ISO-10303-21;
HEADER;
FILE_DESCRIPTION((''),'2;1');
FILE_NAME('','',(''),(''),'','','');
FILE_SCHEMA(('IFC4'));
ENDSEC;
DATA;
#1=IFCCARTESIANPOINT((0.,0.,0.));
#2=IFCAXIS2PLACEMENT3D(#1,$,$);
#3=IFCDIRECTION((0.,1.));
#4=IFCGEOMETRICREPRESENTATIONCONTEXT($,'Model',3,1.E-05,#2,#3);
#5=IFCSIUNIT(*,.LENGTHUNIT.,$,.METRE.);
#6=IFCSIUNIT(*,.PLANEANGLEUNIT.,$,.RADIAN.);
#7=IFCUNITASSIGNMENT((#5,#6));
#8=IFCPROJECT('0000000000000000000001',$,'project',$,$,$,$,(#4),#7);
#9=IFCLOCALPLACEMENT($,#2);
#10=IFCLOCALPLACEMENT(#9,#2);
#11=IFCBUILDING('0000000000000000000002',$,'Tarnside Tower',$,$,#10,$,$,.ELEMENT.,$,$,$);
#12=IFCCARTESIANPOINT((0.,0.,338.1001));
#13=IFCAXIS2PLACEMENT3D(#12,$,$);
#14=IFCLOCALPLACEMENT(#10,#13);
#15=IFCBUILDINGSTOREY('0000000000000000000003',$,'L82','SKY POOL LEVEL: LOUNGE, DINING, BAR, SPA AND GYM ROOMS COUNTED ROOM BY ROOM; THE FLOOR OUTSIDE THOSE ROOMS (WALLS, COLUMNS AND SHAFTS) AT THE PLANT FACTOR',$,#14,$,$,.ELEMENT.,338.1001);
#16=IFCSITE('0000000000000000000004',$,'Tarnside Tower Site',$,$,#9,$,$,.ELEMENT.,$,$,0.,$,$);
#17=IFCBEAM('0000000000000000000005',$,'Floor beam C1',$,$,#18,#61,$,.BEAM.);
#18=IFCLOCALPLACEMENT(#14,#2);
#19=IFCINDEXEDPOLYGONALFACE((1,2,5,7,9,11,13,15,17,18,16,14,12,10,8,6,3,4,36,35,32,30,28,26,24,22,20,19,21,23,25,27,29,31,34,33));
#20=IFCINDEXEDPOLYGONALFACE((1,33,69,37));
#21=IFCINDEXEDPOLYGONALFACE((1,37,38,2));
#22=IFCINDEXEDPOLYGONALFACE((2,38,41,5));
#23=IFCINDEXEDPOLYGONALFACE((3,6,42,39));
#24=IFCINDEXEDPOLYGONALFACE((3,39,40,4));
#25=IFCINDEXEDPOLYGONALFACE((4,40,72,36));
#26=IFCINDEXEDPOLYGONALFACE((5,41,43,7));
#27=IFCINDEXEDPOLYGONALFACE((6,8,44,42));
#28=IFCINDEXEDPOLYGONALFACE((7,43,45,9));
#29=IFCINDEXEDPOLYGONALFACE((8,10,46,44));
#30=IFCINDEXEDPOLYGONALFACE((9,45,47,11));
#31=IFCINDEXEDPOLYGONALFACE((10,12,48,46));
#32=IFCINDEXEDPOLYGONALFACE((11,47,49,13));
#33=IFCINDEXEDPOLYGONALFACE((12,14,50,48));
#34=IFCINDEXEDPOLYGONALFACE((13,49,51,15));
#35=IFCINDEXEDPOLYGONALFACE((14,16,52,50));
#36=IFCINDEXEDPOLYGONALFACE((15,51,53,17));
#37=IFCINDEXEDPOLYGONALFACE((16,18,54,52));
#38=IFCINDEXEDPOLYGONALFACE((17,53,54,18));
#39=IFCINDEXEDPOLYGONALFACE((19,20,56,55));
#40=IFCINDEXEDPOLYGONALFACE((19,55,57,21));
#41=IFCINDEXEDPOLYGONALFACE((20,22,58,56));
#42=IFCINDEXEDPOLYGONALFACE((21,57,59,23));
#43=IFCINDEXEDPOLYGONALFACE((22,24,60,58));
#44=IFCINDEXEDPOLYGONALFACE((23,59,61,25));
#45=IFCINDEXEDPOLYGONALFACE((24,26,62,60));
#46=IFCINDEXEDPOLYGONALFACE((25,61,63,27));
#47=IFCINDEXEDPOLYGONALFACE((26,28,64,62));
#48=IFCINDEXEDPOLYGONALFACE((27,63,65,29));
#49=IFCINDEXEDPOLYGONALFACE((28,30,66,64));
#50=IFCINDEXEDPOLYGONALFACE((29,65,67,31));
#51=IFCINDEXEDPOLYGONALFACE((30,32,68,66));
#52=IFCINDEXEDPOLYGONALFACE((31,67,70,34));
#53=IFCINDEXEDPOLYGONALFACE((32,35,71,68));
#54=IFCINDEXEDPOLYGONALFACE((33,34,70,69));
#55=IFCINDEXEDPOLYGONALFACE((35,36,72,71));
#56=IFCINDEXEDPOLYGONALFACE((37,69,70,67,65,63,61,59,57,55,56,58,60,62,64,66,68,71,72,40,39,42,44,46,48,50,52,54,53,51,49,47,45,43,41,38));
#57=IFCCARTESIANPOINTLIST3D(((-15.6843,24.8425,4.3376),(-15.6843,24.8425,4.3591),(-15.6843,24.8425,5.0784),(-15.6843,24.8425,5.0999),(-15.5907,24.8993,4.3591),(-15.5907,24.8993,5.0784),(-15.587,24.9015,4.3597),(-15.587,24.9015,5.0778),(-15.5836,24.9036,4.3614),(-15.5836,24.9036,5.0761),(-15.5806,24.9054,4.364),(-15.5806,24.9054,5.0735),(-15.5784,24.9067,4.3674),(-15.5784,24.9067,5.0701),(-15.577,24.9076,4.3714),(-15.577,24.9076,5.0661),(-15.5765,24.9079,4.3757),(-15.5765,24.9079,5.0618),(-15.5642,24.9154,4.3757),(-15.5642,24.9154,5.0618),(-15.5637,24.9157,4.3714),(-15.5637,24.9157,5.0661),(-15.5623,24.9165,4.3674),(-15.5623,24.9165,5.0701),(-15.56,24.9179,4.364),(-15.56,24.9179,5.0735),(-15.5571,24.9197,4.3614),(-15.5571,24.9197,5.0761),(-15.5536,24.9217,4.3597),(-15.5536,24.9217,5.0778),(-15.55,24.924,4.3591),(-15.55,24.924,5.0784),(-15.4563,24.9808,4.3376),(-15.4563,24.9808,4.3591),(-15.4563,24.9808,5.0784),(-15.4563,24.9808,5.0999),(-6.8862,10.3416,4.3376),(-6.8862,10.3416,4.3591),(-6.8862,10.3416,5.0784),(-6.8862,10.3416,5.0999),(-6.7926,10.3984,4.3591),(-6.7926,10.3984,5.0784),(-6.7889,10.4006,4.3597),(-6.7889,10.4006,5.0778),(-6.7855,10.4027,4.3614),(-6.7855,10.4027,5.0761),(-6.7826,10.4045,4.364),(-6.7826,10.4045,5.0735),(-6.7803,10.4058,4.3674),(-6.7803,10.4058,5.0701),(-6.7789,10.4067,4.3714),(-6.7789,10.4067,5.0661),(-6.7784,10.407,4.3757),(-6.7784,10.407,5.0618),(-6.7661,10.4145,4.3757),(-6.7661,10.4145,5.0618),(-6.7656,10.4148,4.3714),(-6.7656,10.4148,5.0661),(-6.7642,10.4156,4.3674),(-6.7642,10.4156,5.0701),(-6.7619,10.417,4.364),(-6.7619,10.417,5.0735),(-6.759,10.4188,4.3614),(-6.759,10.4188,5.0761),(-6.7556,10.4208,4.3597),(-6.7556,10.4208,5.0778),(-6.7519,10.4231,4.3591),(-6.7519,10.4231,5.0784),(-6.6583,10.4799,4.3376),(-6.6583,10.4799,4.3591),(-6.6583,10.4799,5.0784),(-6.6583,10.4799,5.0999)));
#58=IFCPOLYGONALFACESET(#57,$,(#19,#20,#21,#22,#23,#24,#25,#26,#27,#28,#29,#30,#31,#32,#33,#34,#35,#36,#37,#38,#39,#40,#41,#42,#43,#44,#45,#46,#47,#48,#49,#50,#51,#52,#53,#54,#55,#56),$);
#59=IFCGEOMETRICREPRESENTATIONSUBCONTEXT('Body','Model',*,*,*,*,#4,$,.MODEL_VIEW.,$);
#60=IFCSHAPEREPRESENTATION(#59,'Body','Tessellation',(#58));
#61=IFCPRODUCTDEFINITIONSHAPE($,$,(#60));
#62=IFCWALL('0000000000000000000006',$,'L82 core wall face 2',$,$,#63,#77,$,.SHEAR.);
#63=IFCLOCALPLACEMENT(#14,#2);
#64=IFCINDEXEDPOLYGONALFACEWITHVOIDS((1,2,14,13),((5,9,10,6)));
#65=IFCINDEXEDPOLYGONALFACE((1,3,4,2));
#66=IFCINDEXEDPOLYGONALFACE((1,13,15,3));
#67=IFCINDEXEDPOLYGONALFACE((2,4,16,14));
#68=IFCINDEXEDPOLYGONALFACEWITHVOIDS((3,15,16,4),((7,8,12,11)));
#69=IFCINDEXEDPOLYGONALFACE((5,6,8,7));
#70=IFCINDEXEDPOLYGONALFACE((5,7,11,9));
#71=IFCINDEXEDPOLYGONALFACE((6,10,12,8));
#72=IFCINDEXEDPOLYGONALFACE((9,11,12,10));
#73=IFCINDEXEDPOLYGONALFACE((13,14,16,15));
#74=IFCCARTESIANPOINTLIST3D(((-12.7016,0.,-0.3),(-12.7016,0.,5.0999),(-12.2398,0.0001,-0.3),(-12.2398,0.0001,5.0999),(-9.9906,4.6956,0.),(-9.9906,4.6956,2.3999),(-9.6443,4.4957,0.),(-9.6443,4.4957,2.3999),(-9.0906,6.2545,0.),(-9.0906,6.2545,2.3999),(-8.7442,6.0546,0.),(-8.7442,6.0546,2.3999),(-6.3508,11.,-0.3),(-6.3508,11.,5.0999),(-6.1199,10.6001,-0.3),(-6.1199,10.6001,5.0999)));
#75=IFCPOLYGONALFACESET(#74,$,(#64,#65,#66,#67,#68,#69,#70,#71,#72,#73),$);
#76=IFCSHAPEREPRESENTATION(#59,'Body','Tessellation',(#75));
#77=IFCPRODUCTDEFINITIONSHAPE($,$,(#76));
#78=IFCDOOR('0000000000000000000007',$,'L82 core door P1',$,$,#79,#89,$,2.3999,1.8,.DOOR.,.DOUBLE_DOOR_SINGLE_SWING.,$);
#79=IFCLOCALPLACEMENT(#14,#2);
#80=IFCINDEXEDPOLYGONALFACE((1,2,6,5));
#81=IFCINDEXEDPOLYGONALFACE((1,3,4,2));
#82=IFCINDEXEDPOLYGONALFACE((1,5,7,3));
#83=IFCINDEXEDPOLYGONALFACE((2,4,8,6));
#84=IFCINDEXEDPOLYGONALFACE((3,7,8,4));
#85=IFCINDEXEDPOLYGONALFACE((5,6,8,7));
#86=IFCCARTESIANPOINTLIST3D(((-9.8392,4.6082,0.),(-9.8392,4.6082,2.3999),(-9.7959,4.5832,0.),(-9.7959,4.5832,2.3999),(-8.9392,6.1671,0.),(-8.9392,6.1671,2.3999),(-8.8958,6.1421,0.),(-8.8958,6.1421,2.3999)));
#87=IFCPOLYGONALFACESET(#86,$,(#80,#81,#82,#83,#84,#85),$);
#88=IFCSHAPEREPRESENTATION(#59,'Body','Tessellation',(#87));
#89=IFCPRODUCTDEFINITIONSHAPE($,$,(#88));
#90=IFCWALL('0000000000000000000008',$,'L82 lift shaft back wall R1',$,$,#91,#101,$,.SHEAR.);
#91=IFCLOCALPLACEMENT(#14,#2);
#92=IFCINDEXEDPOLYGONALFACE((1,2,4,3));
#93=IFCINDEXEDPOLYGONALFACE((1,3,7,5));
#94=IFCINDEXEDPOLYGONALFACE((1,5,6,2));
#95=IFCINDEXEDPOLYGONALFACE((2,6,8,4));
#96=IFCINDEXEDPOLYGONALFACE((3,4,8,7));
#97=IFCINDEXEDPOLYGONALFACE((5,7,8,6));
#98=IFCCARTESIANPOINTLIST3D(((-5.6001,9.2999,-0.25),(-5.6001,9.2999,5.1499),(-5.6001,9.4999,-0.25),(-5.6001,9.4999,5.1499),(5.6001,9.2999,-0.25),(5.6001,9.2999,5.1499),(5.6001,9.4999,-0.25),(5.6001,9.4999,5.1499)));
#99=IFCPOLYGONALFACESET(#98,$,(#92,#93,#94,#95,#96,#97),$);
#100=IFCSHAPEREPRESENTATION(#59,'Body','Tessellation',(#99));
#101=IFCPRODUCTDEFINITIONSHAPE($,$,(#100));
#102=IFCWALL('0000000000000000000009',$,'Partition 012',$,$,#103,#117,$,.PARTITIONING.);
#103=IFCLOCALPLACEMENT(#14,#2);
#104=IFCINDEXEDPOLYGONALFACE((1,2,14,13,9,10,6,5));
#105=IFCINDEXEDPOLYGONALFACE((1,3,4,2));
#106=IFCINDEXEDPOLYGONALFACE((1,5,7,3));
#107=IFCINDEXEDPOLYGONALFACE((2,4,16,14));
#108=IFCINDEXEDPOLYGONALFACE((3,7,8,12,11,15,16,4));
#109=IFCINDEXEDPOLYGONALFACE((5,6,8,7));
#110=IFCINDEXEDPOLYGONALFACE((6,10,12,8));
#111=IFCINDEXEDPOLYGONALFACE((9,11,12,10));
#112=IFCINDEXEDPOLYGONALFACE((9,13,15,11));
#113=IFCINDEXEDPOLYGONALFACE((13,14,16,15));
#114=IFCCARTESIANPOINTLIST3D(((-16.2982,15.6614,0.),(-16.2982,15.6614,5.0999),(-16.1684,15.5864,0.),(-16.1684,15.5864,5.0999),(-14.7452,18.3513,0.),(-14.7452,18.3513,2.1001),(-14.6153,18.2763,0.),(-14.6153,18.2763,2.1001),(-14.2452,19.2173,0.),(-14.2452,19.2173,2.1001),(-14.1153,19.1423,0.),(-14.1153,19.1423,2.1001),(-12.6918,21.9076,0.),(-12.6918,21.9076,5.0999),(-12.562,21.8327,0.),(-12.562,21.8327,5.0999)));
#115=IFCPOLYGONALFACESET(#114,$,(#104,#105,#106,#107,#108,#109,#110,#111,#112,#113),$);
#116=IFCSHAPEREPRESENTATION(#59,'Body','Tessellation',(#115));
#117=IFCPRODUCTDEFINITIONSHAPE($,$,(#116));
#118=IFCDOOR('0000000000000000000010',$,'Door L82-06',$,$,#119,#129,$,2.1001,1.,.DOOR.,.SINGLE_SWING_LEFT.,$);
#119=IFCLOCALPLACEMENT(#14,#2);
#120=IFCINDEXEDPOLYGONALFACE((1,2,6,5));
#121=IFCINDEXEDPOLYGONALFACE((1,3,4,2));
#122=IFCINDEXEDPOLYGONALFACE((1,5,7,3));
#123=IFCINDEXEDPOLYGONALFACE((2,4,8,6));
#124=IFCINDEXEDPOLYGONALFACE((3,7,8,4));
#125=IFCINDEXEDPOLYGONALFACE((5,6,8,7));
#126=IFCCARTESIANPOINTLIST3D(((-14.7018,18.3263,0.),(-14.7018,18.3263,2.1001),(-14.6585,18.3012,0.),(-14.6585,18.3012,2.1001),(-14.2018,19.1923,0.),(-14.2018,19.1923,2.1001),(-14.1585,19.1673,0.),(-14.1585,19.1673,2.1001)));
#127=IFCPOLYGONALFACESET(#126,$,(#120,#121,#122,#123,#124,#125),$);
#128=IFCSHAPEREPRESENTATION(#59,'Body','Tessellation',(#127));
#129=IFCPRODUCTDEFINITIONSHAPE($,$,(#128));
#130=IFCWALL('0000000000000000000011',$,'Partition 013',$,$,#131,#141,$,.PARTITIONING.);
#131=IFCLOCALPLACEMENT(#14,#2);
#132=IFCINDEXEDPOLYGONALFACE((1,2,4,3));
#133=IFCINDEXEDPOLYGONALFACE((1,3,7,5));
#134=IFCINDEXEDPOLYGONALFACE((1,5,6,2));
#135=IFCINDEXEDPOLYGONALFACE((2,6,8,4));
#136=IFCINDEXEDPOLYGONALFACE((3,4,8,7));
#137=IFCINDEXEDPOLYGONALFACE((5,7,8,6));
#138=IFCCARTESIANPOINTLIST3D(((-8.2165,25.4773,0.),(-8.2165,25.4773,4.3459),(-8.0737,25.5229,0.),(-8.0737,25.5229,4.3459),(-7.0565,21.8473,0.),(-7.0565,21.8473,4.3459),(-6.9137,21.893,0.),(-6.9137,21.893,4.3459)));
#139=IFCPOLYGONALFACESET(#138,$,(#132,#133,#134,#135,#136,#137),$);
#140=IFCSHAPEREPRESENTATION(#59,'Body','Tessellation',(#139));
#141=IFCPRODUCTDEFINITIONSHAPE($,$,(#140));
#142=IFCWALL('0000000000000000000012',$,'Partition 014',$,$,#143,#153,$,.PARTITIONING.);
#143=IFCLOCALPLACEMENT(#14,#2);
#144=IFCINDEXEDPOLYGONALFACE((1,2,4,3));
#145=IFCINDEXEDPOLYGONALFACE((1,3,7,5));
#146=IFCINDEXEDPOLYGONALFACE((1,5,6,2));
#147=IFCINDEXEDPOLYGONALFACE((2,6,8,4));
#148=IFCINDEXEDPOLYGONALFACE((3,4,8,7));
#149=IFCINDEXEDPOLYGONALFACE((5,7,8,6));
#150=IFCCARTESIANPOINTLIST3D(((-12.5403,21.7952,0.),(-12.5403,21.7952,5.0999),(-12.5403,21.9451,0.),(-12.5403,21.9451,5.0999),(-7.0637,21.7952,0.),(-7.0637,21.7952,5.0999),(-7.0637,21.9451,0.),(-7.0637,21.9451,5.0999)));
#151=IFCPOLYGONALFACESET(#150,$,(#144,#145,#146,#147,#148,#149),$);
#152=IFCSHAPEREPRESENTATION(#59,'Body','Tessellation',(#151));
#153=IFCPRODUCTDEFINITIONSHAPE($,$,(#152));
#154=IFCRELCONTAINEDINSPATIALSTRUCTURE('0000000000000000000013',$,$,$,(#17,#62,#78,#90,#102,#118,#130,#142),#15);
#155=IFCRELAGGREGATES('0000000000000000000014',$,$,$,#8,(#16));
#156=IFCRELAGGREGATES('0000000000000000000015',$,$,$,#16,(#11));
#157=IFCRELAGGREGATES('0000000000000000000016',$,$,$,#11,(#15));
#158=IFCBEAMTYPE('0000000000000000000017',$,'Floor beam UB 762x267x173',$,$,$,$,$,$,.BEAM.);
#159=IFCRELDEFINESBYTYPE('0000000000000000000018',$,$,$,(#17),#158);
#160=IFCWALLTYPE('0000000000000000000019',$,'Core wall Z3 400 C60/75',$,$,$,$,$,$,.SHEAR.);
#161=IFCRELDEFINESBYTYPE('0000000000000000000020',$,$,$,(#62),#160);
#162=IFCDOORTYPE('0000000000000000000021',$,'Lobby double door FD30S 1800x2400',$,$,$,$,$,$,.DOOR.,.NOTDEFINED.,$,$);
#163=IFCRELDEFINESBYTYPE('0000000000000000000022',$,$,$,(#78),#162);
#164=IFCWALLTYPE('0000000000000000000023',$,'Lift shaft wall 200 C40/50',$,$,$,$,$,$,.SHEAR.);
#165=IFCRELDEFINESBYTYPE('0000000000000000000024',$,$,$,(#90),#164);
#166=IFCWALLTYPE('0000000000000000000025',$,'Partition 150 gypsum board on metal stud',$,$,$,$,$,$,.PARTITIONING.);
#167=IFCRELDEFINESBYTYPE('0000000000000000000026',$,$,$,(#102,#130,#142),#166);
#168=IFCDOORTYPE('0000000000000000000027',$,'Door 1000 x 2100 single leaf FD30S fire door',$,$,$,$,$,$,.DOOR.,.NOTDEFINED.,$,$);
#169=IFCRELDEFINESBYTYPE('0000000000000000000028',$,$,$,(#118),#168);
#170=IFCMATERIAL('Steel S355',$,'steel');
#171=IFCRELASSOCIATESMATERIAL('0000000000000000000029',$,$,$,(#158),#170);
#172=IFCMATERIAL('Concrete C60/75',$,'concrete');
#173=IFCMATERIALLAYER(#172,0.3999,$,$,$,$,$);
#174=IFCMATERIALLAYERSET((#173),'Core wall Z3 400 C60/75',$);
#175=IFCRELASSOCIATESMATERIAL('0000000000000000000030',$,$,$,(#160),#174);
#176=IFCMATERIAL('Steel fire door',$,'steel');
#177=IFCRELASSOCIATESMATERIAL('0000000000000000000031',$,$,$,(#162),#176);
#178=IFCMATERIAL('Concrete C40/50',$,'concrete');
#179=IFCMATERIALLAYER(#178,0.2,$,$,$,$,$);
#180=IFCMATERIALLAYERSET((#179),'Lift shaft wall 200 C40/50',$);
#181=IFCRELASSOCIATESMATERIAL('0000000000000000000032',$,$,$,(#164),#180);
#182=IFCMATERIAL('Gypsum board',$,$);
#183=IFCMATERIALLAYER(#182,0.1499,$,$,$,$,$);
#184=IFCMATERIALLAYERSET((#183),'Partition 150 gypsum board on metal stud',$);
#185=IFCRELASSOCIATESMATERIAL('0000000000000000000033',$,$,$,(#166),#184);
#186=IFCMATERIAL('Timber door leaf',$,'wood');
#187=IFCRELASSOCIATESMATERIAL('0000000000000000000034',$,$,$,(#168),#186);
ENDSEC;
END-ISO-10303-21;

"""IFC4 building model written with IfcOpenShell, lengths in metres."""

from ifc_helpers import new_model, si_unit, direction, frame, frame_2d, origin, origin_2d, place, context, subcontext, project, spatial, polyline, rectangle, i_section, outline, extrude, material, layer, layer_set, material_profile, profile_set, type_object, element, fill, save


model = new_model("IFC4")

# Units and contexts
model_context = context("Model", 3, precision=1e-05, world=origin(), true_north=direction((0.0, 1.0)))
body_context = subcontext(model_context, "Body", "Model", "MODEL_VIEW")
ifc_project = project(units=[si_unit("LENGTHUNIT", "METRE"), si_unit("PLANEANGLEUNIT", "RADIAN")], contexts=[model_context])

# Site, building, storey
site_placement = place(None, origin())
site = spatial("IfcSite", under=ifc_project, at=site_placement, Name="Tarnside Tower Site", CompositionType="ELEMENT", RefElevation=0.0)
building_placement = place(site_placement, origin())
building = spatial("IfcBuilding", under=site, at=building_placement, Name="Tarnside Tower", CompositionType="ELEMENT")
storey_placement = place(building_placement, frame((0.0, 0.0, 338.1001)))
storey = spatial("IfcBuildingStorey", under=building, at=storey_placement, Name="L82", Description="SKY POOL LEVEL: LOUNGE, DINING, BAR, SPA AND GYM ROOMS COUNTED ROOM BY ROOM; THE FLOOR OUTSIDE THOSE ROOMS (WALLS, COLUMNS AND SHAFTS) AT THE PLANT FACTOR", CompositionType="ELEMENT", Elevation=338.1001)

# Beam
ifc_material_1 = material(Name="Steel S355", Category="steel")
ifc_material_profile_1 = material_profile(ifc_material_1, i_section(OverallWidth=0.2666, OverallDepth=0.7622, WebThickness=0.0144, FlangeThickness=0.0215, FilletRadius=0.0166, at=origin_2d()), Name="UB 762x267x173")
ifc_profile_set_1 = profile_set([ifc_material_profile_1], Name="Steel S355")
beam_type_1 = type_object("IfcBeamType", Name="Floor beam UB 762x267x173", PredefinedType="BEAM", material=ifc_profile_set_1)
beam_1_placement = place(storey_placement, frame((-15.5703, 24.9116, 4.7188), z_axis=(0.518717, -0.854946, 0.0), x_axis=(0.854946, 0.518717, 0.0)))
element("IfcBeam", 1, at=beam_1_placement, inside=storey, type_object=beam_type_1, Name="Floor beam C1", PredefinedType="BEAM", context=body_context, shape_type="SweptSolid", body=[
    extrude(i_section(OverallWidth=0.2666, OverallDepth=0.7622, WebThickness=0.0144, FlangeThickness=0.0215, FilletRadius=0.0166, at=origin_2d()), origin(), (0.0, 0.0, 1.0), 16.9612),
])

# Wall, opening, door
ifc_material_2 = material(Name="Concrete C60/75", Category="concrete")
ifc_layer_1 = layer(ifc_material_2, 0.3999)
ifc_layer_set_1 = layer_set([ifc_layer_1], Name="Core wall Z3 400 C60/75")
wall_type_1 = type_object("IfcWallType", Name="Core wall Z3 400 C60/75", PredefinedType="SHEAR", material=ifc_layer_set_1)
wall_1_placement = place(storey_placement, frame((-6.2354, 10.8, -0.3), z_axis=(0.0, 0.0, 1.0), x_axis=(-0.499996, -0.866027, 0.0)))
wall_1 = element("IfcWall", 2, at=wall_1_placement, inside=storey, type_object=wall_type_1, Name="L82 core wall face 2", PredefinedType="SHEAR", context=body_context, shape_type="SweptSolid", body=[
    extrude(outline(polyline([(-0.1155, -0.2), (12.5862, -0.2), (12.3552, 0.2), (0.1155, 0.2), (-0.1155, -0.2)])), origin(), (0.0, 0.0, 1.0), 5.3999),
])
opening_1_placement = place(wall_1_placement, frame((5.3643, 0.0, 0.3)))
opening_1 = element("IfcOpeningElement", 3, at=opening_1_placement, cuts=wall_1, PredefinedType="OPENING", context=body_context, shape_type="SweptSolid", body=[
    extrude(rectangle(XDim=1.8, YDim=2.3999, at=frame_2d((0.8999, 1.2))), frame((0.0, 0.21, 0.0), z_axis=(0.0, -1.0, 0.0), x_axis=(1.0, 0.0, 0.0)), (0.0, 0.0, 1.0), 0.4199),
])
ifc_material_3 = material(Name="Steel fire door", Category="steel")
door_type_1 = type_object("IfcDoorType", Name="Lobby double door FD30S 1800x2400", OperationType="NOTDEFINED", PredefinedType="DOOR", material=ifc_material_3)
door_1_placement = place(opening_1_placement, origin())
door_1 = element("IfcDoor", 4, at=door_1_placement, inside=storey, type_object=door_type_1, Name="L82 core door P1", OperationType="DOUBLE_DOOR_SINGLE_SWING", OverallHeight=2.3999, OverallWidth=1.8, PredefinedType="DOOR", context=body_context, shape_type="SweptSolid", body=[
    extrude(rectangle(XDim=1.8, YDim=2.3999, at=frame_2d((0.8999, 1.2))), frame((0.0, 0.0249, 0.0), z_axis=(0.0, -1.0, 0.0), x_axis=(1.0, 0.0, 0.0)), (0.0, 0.0, 1.0), 0.05),
])
fill(opening_1, door_1)

# Wall
ifc_material_4 = material(Name="Concrete C40/50", Category="concrete")
ifc_layer_2 = layer(ifc_material_4, 0.2)
ifc_layer_set_2 = layer_set([ifc_layer_2], Name="Lift shaft wall 200 C40/50")
wall_type_2 = type_object("IfcWallType", Name="Lift shaft wall 200 C40/50", PredefinedType="SHEAR", material=ifc_layer_set_2)
wall_2_placement = place(storey_placement, frame((-5.6001, 9.3999, -0.25), z_axis=(0.0, 0.0, 1.0), x_axis=(1.0, 0.0, 0.0)))
element("IfcWall", 5, at=wall_2_placement, inside=storey, type_object=wall_type_2, Name="L82 lift shaft back wall R1", PredefinedType="SHEAR", context=body_context, shape_type="SweptSolid", body=[
    extrude(rectangle(XDim=11.2002, YDim=0.2, at=frame_2d((5.6001, 0.0))), origin(), (0.0, 0.0, 1.0), 5.3999),
])

# Wall, opening, door
ifc_material_5 = material(Name="Gypsum board")
ifc_layer_3 = layer(ifc_material_5, 0.1499)
ifc_layer_set_3 = layer_set([ifc_layer_3], Name="Partition 150 gypsum board on metal stud")
wall_type_3 = type_object("IfcWallType", Name="Partition 150 gypsum board on metal stud", PredefinedType="PARTITIONING", material=ifc_layer_set_3)
wall_3_placement = place(storey_placement, frame((-16.2334, 15.6238, 0.0), z_axis=(0.0, 0.0, 1.0), x_axis=(0.500013, 0.866018, 0.0)))
wall_3 = element("IfcWall", 6, at=wall_3_placement, inside=storey, type_object=wall_type_3, Name="Partition 012", PredefinedType="PARTITIONING", context=body_context, shape_type="SweptSolid", body=[
    extrude(rectangle(XDim=7.2126, YDim=0.1499, at=frame_2d((3.6064, 0.0))), origin(), (0.0, 0.0, 1.0), 5.0999),
])
opening_2_placement = place(wall_3_placement, frame((3.1062, 0.0, 0.0)))
opening_2 = element("IfcOpeningElement", 7, at=opening_2_placement, cuts=wall_3, PredefinedType="OPENING", context=body_context, shape_type="SweptSolid", body=[
    extrude(rectangle(XDim=1.0, YDim=2.1001, at=frame_2d((0.5, 1.05))), frame((0.0, 0.085, 0.0), z_axis=(0.0, -1.0, 0.0), x_axis=(1.0, 0.0, 0.0)), (0.0, 0.0, 1.0), 0.1699),
])
ifc_material_6 = material(Name="Timber door leaf", Category="wood")
door_type_2 = type_object("IfcDoorType", Name="Door 1000 x 2100 single leaf FD30S fire door", OperationType="NOTDEFINED", PredefinedType="DOOR", material=ifc_material_6)
door_2_placement = place(opening_2_placement, origin())
door_2 = element("IfcDoor", 8, at=door_2_placement, inside=storey, type_object=door_type_2, Name="Door L82-06", OperationType="SINGLE_SWING_LEFT", OverallHeight=2.1001, OverallWidth=1.0, PredefinedType="DOOR", context=body_context, shape_type="SweptSolid", body=[
    extrude(rectangle(XDim=1.0, YDim=2.1001, at=frame_2d((0.5, 1.05))), frame((0.0, 0.0249, 0.0), z_axis=(0.0, -1.0, 0.0), x_axis=(1.0, 0.0, 0.0)), (0.0, 0.0, 1.0), 0.05),
])
fill(opening_2, door_2)

# Walls
wall_4_placement = place(storey_placement, frame((-8.145, 25.5, 0.0), z_axis=(0.0, 0.0, 1.0), x_axis=(0.304383, -0.95255, 0.0)))
element("IfcWall", 9, at=wall_4_placement, inside=storey, type_object=wall_type_3, Name="Partition 013", PredefinedType="PARTITIONING", context=body_context, shape_type="SweptSolid", body=[
    extrude(rectangle(XDim=3.8108, YDim=0.1499, at=frame_2d((1.9053, 0.0))), origin(), (0.0, 0.0, 1.0), 4.3459),
])
wall_5_placement = place(storey_placement, frame((-7.0637, 21.8701, 0.0), z_axis=(0.0, 0.0, 1.0), x_axis=(-1.0, 0.0, 0.0)))
element("IfcWall", 10, at=wall_5_placement, inside=storey, type_object=wall_type_3, Name="Partition 014", PredefinedType="PARTITIONING", context=body_context, shape_type="SweptSolid", body=[
    extrude(rectangle(XDim=5.4766, YDim=0.1499, at=frame_2d((2.7383, 0.0))), origin(), (0.0, 0.0, 1.0), 5.0999),
])

save(model, "model.ifc")
